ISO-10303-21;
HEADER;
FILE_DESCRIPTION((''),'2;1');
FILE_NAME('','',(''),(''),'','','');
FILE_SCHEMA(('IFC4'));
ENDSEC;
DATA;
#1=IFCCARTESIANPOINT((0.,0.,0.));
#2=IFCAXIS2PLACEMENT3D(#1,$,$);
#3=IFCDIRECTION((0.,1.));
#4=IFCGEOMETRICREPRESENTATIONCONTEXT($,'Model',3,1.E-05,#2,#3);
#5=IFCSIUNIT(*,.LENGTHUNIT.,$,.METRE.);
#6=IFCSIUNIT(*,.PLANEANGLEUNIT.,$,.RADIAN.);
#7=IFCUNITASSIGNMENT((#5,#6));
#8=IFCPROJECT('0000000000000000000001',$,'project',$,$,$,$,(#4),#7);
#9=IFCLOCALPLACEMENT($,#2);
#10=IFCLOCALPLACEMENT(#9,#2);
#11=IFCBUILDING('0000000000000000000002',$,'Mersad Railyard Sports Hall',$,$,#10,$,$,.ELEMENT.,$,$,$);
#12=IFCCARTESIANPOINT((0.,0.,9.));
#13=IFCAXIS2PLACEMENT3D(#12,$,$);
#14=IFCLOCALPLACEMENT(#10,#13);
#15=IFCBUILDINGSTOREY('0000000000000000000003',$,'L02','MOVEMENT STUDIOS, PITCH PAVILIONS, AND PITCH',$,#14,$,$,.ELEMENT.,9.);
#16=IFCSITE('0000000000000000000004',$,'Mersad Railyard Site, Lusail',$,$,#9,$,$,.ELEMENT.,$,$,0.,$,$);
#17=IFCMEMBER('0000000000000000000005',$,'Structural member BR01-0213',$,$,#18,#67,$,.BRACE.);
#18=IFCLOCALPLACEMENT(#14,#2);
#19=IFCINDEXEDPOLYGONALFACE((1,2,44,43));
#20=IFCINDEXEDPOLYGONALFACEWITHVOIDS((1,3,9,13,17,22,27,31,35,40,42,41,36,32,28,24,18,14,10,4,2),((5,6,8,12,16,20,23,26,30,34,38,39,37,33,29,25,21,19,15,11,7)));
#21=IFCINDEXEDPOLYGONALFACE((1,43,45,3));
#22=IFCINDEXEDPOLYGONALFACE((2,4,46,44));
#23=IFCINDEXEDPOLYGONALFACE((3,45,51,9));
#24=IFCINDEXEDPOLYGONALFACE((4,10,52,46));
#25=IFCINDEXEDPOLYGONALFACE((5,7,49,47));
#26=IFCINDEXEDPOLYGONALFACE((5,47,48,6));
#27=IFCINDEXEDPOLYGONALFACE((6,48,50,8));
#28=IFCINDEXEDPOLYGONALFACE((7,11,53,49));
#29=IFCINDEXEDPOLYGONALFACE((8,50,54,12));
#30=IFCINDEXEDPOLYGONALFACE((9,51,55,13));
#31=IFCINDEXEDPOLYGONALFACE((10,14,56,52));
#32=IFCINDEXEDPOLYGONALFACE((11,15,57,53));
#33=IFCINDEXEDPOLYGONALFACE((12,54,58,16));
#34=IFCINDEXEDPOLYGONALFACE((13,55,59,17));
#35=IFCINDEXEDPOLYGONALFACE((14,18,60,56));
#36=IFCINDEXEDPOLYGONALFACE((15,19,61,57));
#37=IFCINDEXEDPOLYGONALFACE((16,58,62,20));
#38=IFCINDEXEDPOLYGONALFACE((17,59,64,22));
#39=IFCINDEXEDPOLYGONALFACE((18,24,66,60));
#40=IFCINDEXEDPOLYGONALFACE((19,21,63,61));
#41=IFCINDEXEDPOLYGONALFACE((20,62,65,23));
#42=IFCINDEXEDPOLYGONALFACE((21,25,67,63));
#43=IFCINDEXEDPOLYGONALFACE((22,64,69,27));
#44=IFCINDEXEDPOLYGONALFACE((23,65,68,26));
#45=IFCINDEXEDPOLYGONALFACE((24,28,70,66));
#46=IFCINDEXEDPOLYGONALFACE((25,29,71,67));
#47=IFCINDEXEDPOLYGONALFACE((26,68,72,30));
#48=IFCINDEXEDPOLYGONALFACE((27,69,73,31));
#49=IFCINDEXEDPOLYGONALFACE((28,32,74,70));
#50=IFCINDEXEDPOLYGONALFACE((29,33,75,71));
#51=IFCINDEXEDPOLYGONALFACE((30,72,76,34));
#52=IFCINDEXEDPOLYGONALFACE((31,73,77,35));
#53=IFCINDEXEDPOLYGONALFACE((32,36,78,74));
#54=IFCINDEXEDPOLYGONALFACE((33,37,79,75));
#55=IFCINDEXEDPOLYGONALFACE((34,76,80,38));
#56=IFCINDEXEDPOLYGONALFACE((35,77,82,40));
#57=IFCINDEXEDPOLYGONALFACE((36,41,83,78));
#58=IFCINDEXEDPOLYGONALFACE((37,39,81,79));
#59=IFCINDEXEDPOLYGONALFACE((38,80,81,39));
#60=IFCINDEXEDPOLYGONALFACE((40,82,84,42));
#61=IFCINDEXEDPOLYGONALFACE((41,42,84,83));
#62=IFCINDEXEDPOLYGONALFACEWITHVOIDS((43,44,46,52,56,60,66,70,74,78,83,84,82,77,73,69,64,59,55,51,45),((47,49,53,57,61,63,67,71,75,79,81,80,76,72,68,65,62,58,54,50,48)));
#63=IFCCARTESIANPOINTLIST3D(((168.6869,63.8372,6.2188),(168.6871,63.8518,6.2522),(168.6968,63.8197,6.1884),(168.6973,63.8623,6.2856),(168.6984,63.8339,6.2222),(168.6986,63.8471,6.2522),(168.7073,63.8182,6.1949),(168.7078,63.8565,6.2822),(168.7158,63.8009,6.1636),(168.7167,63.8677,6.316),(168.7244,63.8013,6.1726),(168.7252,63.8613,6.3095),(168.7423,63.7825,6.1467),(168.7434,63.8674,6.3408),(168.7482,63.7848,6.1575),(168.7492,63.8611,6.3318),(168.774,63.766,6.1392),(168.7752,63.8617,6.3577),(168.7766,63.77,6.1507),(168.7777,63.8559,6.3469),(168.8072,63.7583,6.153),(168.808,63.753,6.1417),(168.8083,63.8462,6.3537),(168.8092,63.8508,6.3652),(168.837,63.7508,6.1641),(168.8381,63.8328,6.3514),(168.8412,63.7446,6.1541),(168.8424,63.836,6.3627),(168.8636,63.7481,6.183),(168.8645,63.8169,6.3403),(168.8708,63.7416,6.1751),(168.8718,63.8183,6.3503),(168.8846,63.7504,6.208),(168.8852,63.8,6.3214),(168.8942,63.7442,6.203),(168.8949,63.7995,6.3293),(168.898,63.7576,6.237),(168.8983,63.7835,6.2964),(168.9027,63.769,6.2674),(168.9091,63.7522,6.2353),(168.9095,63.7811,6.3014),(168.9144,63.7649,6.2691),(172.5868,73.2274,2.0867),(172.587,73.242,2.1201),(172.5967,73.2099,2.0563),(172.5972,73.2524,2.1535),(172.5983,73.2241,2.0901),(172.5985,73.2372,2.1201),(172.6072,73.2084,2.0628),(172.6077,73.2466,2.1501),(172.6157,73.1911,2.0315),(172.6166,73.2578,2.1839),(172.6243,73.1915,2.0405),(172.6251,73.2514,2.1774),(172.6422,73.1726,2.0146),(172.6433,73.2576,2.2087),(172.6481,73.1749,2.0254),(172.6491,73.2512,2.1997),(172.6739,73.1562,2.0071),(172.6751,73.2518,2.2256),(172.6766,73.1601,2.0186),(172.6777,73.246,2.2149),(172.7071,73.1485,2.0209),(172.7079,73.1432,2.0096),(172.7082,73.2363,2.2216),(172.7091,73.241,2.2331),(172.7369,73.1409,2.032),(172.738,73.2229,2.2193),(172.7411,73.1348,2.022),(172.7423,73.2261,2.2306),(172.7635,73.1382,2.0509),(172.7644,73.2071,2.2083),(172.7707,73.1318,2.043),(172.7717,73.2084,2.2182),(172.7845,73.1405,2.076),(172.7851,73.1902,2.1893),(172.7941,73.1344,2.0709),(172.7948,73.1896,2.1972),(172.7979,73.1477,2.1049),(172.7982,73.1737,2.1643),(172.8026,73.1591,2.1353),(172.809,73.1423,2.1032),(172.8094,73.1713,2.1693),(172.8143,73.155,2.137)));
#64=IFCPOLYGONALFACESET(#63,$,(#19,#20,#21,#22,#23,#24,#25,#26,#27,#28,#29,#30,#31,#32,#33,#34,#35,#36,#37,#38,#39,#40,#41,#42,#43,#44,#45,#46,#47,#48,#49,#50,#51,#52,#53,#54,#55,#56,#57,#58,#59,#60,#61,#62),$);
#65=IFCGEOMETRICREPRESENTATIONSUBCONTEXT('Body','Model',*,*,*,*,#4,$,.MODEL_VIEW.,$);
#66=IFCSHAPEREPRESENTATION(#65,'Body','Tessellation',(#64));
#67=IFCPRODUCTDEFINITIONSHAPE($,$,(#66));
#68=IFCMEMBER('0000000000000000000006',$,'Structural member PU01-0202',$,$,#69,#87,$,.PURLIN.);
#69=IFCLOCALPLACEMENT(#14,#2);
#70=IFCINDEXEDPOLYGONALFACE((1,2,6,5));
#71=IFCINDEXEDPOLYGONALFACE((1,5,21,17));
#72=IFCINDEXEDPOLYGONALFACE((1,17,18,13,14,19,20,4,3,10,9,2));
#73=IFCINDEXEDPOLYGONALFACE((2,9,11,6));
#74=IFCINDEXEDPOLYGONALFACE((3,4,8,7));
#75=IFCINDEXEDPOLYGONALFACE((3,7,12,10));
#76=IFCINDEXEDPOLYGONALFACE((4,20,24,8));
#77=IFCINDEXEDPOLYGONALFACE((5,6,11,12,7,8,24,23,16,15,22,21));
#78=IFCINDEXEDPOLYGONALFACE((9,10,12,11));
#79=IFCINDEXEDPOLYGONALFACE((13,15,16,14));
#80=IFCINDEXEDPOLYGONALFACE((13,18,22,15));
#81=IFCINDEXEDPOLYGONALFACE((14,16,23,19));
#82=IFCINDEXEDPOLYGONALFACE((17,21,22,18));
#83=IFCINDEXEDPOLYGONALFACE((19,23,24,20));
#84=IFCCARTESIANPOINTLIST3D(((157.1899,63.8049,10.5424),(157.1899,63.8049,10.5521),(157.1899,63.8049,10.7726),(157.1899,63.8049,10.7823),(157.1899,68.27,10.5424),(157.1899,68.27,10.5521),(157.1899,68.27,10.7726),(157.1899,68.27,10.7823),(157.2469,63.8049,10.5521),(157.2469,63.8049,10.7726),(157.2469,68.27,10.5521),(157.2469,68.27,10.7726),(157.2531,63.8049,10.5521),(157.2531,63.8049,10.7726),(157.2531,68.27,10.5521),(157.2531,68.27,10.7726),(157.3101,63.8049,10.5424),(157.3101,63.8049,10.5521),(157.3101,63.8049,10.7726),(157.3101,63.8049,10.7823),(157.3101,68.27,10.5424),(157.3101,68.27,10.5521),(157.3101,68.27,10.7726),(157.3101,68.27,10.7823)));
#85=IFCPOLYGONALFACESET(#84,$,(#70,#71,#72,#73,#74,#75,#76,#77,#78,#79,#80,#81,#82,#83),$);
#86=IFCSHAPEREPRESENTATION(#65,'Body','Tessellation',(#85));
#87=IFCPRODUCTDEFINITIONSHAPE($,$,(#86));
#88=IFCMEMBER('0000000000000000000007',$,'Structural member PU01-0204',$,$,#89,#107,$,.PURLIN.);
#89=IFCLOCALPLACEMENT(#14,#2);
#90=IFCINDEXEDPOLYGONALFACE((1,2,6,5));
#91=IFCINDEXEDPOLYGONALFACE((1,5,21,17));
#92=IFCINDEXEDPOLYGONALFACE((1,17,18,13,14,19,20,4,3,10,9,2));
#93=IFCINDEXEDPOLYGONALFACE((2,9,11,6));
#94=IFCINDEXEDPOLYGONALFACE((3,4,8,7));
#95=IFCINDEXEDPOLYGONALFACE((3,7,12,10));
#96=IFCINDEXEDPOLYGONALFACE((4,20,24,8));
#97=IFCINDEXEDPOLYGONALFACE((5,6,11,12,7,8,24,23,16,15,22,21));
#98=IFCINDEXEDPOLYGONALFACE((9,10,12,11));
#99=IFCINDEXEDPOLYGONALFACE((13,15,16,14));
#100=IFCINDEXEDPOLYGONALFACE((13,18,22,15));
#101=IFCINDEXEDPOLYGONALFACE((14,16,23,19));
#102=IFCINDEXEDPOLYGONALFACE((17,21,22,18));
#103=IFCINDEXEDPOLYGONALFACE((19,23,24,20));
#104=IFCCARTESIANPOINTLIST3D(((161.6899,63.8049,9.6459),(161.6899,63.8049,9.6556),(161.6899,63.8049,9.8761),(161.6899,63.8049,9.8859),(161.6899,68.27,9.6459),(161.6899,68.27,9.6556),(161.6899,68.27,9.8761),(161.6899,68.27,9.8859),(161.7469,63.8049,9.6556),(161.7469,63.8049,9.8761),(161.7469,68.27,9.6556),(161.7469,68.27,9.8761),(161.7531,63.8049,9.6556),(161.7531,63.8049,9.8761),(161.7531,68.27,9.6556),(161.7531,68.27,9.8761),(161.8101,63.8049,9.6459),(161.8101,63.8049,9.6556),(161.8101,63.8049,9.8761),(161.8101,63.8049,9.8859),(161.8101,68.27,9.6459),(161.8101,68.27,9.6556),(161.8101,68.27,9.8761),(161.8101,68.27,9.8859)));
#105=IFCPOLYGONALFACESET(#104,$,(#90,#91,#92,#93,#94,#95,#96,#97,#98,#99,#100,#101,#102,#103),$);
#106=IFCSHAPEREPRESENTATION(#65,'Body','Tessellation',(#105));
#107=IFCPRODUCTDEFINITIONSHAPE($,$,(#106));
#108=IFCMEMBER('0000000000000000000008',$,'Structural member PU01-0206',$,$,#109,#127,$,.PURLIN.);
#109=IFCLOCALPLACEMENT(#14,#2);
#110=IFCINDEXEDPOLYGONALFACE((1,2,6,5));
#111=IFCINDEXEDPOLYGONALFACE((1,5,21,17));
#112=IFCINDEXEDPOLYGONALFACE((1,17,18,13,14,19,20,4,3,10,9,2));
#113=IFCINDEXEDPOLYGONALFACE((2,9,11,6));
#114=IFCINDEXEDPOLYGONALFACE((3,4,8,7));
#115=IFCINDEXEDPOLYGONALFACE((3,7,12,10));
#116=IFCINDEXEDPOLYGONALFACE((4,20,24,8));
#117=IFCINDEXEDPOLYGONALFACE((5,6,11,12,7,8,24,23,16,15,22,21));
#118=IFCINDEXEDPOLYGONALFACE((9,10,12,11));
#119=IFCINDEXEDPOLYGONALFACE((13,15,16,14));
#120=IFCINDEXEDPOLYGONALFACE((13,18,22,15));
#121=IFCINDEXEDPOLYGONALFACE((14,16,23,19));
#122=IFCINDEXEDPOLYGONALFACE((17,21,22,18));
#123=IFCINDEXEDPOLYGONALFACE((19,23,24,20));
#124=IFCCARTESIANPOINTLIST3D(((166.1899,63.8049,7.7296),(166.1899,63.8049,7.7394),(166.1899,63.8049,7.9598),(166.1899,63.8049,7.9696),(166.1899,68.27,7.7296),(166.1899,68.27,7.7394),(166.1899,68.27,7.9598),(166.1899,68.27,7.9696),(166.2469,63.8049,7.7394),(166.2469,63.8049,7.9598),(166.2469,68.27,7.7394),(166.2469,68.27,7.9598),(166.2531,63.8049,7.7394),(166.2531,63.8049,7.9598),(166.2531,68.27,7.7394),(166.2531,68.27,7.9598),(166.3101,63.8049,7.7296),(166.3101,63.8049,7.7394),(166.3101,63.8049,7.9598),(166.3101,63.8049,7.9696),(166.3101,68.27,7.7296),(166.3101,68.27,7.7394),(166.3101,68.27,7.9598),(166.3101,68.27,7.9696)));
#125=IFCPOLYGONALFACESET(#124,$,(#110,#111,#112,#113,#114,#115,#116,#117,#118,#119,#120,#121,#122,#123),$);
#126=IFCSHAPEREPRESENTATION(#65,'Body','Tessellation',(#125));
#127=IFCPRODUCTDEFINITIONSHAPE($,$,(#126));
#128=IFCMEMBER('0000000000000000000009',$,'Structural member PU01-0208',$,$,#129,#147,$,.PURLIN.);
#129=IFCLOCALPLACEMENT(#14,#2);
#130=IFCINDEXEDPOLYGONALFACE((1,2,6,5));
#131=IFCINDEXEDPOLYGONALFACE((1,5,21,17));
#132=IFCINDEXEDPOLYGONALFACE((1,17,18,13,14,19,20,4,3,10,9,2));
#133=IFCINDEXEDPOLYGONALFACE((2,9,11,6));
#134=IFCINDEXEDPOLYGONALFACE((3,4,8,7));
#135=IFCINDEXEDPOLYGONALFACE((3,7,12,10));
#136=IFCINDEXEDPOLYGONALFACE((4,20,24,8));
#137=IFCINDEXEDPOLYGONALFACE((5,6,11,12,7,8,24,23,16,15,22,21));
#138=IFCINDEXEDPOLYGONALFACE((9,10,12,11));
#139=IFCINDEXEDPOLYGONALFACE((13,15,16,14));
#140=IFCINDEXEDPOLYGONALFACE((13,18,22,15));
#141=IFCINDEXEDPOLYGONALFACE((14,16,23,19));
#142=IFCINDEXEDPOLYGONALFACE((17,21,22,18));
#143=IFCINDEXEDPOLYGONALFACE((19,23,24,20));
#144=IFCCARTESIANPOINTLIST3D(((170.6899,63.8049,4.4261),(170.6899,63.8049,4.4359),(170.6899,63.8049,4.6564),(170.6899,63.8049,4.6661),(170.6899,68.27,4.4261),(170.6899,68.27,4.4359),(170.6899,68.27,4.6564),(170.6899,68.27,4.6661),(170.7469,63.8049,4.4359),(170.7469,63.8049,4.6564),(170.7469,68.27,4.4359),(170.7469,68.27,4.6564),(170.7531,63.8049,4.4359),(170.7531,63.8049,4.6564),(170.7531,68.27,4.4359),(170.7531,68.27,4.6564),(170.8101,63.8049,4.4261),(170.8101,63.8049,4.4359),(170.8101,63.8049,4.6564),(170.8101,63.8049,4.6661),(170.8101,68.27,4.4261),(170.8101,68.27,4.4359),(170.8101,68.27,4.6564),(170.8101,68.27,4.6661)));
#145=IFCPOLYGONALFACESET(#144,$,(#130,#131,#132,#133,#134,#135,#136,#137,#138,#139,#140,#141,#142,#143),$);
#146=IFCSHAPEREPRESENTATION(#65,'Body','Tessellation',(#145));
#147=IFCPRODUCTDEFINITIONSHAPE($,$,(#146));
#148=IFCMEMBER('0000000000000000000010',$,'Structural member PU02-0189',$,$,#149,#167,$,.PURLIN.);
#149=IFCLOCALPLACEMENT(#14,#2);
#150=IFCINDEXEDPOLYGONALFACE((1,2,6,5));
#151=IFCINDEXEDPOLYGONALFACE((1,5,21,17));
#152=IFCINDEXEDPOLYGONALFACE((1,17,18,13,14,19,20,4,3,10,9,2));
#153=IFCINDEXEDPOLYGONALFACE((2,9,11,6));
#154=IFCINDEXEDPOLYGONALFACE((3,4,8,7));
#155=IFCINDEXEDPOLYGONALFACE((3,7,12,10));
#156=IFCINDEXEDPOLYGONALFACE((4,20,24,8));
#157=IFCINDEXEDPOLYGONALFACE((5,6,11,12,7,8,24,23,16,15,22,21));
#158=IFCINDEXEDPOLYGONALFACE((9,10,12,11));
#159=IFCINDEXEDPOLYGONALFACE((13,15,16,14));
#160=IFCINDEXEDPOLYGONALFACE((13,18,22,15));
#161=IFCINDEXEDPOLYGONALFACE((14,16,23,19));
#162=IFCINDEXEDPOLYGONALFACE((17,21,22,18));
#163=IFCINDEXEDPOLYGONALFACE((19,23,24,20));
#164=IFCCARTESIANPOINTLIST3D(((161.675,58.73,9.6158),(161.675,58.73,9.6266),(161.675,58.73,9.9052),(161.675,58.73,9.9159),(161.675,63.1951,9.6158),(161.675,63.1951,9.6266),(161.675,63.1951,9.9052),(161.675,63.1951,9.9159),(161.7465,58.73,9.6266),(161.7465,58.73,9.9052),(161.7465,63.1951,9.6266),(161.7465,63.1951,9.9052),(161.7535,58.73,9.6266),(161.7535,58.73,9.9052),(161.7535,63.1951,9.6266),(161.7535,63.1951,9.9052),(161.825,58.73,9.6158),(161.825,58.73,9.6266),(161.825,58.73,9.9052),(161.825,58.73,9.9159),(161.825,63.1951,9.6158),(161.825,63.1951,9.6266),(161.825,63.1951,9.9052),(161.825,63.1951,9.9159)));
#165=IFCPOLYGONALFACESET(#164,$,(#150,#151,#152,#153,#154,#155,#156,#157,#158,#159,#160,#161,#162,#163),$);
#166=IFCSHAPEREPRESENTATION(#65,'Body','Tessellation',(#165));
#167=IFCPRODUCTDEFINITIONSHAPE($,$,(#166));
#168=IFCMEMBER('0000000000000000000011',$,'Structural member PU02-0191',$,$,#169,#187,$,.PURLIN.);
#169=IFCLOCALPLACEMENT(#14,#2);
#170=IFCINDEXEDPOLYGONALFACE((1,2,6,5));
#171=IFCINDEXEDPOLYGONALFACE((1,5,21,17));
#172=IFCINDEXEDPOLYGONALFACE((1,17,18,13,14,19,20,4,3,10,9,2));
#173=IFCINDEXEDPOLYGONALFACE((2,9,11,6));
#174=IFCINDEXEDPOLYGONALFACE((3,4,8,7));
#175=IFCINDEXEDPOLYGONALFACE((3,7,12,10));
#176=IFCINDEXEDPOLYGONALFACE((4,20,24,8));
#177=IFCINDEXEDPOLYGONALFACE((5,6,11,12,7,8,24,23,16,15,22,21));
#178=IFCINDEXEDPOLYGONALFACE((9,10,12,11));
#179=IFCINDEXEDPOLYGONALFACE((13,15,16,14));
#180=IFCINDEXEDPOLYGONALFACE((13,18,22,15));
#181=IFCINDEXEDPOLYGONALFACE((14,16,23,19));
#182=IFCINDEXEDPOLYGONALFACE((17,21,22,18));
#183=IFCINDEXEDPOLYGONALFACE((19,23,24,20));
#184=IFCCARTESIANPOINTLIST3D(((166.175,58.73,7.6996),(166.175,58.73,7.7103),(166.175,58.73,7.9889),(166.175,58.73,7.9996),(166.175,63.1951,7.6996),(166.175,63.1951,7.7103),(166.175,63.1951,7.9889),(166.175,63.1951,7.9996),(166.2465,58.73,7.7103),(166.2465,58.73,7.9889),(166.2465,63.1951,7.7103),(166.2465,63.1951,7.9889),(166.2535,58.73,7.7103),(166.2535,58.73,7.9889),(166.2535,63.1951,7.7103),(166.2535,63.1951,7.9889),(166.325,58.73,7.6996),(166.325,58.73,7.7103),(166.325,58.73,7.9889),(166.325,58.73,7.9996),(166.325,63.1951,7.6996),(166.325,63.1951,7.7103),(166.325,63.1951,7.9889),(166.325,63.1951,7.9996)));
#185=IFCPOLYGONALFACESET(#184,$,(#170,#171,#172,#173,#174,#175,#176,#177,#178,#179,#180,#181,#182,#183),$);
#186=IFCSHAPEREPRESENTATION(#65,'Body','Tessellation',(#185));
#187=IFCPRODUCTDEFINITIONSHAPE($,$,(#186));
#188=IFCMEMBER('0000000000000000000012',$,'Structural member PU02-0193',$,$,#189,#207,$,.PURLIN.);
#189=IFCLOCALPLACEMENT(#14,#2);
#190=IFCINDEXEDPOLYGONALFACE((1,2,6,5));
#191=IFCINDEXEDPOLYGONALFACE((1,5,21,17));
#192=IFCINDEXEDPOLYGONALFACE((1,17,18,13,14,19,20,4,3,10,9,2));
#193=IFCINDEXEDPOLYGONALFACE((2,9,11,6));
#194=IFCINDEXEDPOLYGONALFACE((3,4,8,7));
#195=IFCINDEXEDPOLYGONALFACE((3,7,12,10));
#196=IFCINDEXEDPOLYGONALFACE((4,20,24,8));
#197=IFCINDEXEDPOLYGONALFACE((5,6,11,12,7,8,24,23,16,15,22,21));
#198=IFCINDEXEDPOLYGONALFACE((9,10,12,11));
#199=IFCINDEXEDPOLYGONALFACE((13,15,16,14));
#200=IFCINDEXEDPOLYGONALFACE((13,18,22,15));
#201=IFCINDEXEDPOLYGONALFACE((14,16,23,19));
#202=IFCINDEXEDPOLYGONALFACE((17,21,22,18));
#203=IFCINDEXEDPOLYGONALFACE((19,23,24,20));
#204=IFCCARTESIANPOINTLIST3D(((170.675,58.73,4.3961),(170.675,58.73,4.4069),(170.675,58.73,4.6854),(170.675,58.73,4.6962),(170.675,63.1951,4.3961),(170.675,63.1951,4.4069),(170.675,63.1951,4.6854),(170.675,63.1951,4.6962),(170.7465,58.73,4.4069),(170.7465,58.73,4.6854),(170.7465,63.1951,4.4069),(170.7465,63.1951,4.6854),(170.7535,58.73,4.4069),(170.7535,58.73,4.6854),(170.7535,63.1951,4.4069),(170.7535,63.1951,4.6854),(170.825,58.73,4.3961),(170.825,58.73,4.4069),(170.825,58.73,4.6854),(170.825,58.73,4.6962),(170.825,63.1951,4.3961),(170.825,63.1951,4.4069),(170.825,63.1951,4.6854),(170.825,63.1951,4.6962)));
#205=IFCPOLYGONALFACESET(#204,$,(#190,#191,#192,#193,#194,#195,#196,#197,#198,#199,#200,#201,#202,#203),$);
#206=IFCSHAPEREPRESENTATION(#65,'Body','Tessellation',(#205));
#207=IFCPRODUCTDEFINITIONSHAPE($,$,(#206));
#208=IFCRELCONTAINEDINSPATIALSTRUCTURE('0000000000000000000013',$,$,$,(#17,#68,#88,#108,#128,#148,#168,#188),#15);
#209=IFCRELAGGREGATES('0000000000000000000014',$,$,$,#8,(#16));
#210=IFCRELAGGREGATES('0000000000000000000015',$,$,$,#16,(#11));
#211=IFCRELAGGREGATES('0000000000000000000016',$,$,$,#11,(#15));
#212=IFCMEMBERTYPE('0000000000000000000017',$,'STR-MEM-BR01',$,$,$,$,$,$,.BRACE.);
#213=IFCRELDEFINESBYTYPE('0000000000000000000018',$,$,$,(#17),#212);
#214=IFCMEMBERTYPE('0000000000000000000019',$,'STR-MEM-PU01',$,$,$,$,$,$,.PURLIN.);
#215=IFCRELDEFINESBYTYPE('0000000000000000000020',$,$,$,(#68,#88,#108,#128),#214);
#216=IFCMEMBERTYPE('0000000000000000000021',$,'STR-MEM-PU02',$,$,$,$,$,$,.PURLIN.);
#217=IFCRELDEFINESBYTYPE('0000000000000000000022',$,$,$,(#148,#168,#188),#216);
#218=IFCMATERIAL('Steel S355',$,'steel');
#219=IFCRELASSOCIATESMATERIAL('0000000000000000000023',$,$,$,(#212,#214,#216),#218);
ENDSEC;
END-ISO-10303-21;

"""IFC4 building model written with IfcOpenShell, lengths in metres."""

from ifc_helpers import new_model, si_unit, direction, frame, origin, origin_2d, place, context, subcontext, project, spatial, hollow_circle, i_section, extrude, material, material_profile, profile_set, type_object, element, save


model = new_model("IFC4")

# Units and contexts
model_context = context("Model", 3, precision=1e-05, world=origin(), true_north=direction((0.0, 1.0)))
body_context = subcontext(model_context, "Body", "Model", "MODEL_VIEW")
ifc_project = project(units=[si_unit("LENGTHUNIT", "METRE"), si_unit("PLANEANGLEUNIT", "RADIAN")], contexts=[model_context])

# Site, building, storey
site_placement = place(None, origin())
site = spatial("IfcSite", under=ifc_project, at=site_placement, Name="Mersad Railyard Site, Lusail", CompositionType="ELEMENT", RefElevation=0.0)
building_placement = place(site_placement, origin())
building = spatial("IfcBuilding", under=site, at=building_placement, Name="Mersad Railyard Sports Hall", CompositionType="ELEMENT")
storey_placement = place(building_placement, frame((0.0, 0.0, 9.0)))
storey = spatial("IfcBuildingStorey", under=building, at=storey_placement, Name="L02", Description="MOVEMENT STUDIOS, PITCH PAVILIONS, AND PITCH", CompositionType="ELEMENT", Elevation=9.0)

# Members
ifc_material_1 = material(Name="Steel S355", Category="steel")
ifc_material_profile_1 = material_profile(ifc_material_1, hollow_circle(Radius=0.1223, WallThickness=0.0125, at=origin_2d()), Name="CHS 244.5x12.5")
ifc_profile_set_1 = profile_set([ifc_material_profile_1], Name="Steel S355")
member_type_1 = type_object("IfcMemberType", Name="STR-MEM-BR01", PredefinedType="BRACE", material=ifc_profile_set_1)
member_1_placement = place(storey_placement, frame((168.8, 63.8049, 6.2522), z_axis=(0.355333, 0.855567, -0.376488), x_axis=(-0.923518, 0.383555, 0.0)))
element("IfcMember", 1, at=member_1_placement, inside=storey, type_object=member_type_1, Name="Structural member BR01-0213", PredefinedType="BRACE", context=body_context, shape_type="SweptSolid", body=[
    extrude(hollow_circle(Radius=0.1223, WallThickness=0.0125, at=origin_2d()), origin(), (0.0, 0.0, 1.0), 10.9753),
])
ifc_material_profile_2 = material_profile(ifc_material_1, i_section(OverallWidth=0.1201, OverallDepth=0.24, WebThickness=0.0061, FlangeThickness=0.0098, at=origin_2d()), Name="IPE 240")
ifc_profile_set_2 = profile_set([ifc_material_profile_2], Name="Steel S355")
member_type_2 = type_object("IfcMemberType", Name="STR-MEM-PU01", PredefinedType="PURLIN", material=ifc_profile_set_2)
for number, where, z_axis, x_axis, name in (
    (2, (157.25, 63.8049, 10.6624), (0.0, 1.0, 0.0), (-1.0, 0.0, 0.0), "Structural member PU01-0202"),
    (3, (161.75, 63.8049, 9.7659), (0.0, 1.0, 0.0), (-1.0, 0.0, 0.0), "Structural member PU01-0204"),
    (4, (166.25, 63.8049, 7.8496), (0.0, 1.0, 0.0), (-1.0, 0.0, 0.0), "Structural member PU01-0206"),
    (5, (170.75, 63.8049, 4.5461), (0.0, 1.0, 0.0), (-1.0, 0.0, 0.0), "Structural member PU01-0208"),
):
    element("IfcMember", number, at=place(storey_placement, frame(where, z_axis=z_axis, x_axis=x_axis)), inside=storey, type_object=member_type_2, Name=name, PredefinedType="PURLIN", context=body_context, shape_type="SweptSolid", body=[
        extrude(i_section(OverallWidth=0.1201, OverallDepth=0.24, WebThickness=0.0061, FlangeThickness=0.0098, at=origin_2d()), origin(), (0.0, 0.0, 1.0), 4.4651),
    ])
ifc_material_profile_3 = material_profile(ifc_material_1, i_section(OverallWidth=0.1499, OverallDepth=0.3, WebThickness=0.0071, FlangeThickness=0.0107, at=origin_2d()), Name="IPE 300")
ifc_profile_set_3 = profile_set([ifc_material_profile_3], Name="Steel S355")
member_type_3 = type_object("IfcMemberType", Name="STR-MEM-PU02", PredefinedType="PURLIN", material=ifc_profile_set_3)
for number, where, z_axis, x_axis, name in (
    (6, (161.75, 58.73, 9.7659), (0.0, 1.0, 0.0), (-1.0, 0.0, 0.0), "Structural member PU02-0189"),
    (7, (166.25, 58.73, 7.8496), (0.0, 1.0, 0.0), (-1.0, 0.0, 0.0), "Structural member PU02-0191"),
    (8, (170.75, 58.73, 4.5461), (0.0, 1.0, 0.0), (-1.0, 0.0, 0.0), "Structural member PU02-0193"),
):
    element("IfcMember", number, at=place(storey_placement, frame(where, z_axis=z_axis, x_axis=x_axis)), inside=storey, type_object=member_type_3, Name=name, PredefinedType="PURLIN", context=body_context, shape_type="SweptSolid", body=[
        extrude(i_section(OverallWidth=0.1499, OverallDepth=0.3, WebThickness=0.0071, FlangeThickness=0.0107, at=origin_2d()), origin(), (0.0, 0.0, 1.0), 4.4651),
    ])

save(model, "model.ifc")
